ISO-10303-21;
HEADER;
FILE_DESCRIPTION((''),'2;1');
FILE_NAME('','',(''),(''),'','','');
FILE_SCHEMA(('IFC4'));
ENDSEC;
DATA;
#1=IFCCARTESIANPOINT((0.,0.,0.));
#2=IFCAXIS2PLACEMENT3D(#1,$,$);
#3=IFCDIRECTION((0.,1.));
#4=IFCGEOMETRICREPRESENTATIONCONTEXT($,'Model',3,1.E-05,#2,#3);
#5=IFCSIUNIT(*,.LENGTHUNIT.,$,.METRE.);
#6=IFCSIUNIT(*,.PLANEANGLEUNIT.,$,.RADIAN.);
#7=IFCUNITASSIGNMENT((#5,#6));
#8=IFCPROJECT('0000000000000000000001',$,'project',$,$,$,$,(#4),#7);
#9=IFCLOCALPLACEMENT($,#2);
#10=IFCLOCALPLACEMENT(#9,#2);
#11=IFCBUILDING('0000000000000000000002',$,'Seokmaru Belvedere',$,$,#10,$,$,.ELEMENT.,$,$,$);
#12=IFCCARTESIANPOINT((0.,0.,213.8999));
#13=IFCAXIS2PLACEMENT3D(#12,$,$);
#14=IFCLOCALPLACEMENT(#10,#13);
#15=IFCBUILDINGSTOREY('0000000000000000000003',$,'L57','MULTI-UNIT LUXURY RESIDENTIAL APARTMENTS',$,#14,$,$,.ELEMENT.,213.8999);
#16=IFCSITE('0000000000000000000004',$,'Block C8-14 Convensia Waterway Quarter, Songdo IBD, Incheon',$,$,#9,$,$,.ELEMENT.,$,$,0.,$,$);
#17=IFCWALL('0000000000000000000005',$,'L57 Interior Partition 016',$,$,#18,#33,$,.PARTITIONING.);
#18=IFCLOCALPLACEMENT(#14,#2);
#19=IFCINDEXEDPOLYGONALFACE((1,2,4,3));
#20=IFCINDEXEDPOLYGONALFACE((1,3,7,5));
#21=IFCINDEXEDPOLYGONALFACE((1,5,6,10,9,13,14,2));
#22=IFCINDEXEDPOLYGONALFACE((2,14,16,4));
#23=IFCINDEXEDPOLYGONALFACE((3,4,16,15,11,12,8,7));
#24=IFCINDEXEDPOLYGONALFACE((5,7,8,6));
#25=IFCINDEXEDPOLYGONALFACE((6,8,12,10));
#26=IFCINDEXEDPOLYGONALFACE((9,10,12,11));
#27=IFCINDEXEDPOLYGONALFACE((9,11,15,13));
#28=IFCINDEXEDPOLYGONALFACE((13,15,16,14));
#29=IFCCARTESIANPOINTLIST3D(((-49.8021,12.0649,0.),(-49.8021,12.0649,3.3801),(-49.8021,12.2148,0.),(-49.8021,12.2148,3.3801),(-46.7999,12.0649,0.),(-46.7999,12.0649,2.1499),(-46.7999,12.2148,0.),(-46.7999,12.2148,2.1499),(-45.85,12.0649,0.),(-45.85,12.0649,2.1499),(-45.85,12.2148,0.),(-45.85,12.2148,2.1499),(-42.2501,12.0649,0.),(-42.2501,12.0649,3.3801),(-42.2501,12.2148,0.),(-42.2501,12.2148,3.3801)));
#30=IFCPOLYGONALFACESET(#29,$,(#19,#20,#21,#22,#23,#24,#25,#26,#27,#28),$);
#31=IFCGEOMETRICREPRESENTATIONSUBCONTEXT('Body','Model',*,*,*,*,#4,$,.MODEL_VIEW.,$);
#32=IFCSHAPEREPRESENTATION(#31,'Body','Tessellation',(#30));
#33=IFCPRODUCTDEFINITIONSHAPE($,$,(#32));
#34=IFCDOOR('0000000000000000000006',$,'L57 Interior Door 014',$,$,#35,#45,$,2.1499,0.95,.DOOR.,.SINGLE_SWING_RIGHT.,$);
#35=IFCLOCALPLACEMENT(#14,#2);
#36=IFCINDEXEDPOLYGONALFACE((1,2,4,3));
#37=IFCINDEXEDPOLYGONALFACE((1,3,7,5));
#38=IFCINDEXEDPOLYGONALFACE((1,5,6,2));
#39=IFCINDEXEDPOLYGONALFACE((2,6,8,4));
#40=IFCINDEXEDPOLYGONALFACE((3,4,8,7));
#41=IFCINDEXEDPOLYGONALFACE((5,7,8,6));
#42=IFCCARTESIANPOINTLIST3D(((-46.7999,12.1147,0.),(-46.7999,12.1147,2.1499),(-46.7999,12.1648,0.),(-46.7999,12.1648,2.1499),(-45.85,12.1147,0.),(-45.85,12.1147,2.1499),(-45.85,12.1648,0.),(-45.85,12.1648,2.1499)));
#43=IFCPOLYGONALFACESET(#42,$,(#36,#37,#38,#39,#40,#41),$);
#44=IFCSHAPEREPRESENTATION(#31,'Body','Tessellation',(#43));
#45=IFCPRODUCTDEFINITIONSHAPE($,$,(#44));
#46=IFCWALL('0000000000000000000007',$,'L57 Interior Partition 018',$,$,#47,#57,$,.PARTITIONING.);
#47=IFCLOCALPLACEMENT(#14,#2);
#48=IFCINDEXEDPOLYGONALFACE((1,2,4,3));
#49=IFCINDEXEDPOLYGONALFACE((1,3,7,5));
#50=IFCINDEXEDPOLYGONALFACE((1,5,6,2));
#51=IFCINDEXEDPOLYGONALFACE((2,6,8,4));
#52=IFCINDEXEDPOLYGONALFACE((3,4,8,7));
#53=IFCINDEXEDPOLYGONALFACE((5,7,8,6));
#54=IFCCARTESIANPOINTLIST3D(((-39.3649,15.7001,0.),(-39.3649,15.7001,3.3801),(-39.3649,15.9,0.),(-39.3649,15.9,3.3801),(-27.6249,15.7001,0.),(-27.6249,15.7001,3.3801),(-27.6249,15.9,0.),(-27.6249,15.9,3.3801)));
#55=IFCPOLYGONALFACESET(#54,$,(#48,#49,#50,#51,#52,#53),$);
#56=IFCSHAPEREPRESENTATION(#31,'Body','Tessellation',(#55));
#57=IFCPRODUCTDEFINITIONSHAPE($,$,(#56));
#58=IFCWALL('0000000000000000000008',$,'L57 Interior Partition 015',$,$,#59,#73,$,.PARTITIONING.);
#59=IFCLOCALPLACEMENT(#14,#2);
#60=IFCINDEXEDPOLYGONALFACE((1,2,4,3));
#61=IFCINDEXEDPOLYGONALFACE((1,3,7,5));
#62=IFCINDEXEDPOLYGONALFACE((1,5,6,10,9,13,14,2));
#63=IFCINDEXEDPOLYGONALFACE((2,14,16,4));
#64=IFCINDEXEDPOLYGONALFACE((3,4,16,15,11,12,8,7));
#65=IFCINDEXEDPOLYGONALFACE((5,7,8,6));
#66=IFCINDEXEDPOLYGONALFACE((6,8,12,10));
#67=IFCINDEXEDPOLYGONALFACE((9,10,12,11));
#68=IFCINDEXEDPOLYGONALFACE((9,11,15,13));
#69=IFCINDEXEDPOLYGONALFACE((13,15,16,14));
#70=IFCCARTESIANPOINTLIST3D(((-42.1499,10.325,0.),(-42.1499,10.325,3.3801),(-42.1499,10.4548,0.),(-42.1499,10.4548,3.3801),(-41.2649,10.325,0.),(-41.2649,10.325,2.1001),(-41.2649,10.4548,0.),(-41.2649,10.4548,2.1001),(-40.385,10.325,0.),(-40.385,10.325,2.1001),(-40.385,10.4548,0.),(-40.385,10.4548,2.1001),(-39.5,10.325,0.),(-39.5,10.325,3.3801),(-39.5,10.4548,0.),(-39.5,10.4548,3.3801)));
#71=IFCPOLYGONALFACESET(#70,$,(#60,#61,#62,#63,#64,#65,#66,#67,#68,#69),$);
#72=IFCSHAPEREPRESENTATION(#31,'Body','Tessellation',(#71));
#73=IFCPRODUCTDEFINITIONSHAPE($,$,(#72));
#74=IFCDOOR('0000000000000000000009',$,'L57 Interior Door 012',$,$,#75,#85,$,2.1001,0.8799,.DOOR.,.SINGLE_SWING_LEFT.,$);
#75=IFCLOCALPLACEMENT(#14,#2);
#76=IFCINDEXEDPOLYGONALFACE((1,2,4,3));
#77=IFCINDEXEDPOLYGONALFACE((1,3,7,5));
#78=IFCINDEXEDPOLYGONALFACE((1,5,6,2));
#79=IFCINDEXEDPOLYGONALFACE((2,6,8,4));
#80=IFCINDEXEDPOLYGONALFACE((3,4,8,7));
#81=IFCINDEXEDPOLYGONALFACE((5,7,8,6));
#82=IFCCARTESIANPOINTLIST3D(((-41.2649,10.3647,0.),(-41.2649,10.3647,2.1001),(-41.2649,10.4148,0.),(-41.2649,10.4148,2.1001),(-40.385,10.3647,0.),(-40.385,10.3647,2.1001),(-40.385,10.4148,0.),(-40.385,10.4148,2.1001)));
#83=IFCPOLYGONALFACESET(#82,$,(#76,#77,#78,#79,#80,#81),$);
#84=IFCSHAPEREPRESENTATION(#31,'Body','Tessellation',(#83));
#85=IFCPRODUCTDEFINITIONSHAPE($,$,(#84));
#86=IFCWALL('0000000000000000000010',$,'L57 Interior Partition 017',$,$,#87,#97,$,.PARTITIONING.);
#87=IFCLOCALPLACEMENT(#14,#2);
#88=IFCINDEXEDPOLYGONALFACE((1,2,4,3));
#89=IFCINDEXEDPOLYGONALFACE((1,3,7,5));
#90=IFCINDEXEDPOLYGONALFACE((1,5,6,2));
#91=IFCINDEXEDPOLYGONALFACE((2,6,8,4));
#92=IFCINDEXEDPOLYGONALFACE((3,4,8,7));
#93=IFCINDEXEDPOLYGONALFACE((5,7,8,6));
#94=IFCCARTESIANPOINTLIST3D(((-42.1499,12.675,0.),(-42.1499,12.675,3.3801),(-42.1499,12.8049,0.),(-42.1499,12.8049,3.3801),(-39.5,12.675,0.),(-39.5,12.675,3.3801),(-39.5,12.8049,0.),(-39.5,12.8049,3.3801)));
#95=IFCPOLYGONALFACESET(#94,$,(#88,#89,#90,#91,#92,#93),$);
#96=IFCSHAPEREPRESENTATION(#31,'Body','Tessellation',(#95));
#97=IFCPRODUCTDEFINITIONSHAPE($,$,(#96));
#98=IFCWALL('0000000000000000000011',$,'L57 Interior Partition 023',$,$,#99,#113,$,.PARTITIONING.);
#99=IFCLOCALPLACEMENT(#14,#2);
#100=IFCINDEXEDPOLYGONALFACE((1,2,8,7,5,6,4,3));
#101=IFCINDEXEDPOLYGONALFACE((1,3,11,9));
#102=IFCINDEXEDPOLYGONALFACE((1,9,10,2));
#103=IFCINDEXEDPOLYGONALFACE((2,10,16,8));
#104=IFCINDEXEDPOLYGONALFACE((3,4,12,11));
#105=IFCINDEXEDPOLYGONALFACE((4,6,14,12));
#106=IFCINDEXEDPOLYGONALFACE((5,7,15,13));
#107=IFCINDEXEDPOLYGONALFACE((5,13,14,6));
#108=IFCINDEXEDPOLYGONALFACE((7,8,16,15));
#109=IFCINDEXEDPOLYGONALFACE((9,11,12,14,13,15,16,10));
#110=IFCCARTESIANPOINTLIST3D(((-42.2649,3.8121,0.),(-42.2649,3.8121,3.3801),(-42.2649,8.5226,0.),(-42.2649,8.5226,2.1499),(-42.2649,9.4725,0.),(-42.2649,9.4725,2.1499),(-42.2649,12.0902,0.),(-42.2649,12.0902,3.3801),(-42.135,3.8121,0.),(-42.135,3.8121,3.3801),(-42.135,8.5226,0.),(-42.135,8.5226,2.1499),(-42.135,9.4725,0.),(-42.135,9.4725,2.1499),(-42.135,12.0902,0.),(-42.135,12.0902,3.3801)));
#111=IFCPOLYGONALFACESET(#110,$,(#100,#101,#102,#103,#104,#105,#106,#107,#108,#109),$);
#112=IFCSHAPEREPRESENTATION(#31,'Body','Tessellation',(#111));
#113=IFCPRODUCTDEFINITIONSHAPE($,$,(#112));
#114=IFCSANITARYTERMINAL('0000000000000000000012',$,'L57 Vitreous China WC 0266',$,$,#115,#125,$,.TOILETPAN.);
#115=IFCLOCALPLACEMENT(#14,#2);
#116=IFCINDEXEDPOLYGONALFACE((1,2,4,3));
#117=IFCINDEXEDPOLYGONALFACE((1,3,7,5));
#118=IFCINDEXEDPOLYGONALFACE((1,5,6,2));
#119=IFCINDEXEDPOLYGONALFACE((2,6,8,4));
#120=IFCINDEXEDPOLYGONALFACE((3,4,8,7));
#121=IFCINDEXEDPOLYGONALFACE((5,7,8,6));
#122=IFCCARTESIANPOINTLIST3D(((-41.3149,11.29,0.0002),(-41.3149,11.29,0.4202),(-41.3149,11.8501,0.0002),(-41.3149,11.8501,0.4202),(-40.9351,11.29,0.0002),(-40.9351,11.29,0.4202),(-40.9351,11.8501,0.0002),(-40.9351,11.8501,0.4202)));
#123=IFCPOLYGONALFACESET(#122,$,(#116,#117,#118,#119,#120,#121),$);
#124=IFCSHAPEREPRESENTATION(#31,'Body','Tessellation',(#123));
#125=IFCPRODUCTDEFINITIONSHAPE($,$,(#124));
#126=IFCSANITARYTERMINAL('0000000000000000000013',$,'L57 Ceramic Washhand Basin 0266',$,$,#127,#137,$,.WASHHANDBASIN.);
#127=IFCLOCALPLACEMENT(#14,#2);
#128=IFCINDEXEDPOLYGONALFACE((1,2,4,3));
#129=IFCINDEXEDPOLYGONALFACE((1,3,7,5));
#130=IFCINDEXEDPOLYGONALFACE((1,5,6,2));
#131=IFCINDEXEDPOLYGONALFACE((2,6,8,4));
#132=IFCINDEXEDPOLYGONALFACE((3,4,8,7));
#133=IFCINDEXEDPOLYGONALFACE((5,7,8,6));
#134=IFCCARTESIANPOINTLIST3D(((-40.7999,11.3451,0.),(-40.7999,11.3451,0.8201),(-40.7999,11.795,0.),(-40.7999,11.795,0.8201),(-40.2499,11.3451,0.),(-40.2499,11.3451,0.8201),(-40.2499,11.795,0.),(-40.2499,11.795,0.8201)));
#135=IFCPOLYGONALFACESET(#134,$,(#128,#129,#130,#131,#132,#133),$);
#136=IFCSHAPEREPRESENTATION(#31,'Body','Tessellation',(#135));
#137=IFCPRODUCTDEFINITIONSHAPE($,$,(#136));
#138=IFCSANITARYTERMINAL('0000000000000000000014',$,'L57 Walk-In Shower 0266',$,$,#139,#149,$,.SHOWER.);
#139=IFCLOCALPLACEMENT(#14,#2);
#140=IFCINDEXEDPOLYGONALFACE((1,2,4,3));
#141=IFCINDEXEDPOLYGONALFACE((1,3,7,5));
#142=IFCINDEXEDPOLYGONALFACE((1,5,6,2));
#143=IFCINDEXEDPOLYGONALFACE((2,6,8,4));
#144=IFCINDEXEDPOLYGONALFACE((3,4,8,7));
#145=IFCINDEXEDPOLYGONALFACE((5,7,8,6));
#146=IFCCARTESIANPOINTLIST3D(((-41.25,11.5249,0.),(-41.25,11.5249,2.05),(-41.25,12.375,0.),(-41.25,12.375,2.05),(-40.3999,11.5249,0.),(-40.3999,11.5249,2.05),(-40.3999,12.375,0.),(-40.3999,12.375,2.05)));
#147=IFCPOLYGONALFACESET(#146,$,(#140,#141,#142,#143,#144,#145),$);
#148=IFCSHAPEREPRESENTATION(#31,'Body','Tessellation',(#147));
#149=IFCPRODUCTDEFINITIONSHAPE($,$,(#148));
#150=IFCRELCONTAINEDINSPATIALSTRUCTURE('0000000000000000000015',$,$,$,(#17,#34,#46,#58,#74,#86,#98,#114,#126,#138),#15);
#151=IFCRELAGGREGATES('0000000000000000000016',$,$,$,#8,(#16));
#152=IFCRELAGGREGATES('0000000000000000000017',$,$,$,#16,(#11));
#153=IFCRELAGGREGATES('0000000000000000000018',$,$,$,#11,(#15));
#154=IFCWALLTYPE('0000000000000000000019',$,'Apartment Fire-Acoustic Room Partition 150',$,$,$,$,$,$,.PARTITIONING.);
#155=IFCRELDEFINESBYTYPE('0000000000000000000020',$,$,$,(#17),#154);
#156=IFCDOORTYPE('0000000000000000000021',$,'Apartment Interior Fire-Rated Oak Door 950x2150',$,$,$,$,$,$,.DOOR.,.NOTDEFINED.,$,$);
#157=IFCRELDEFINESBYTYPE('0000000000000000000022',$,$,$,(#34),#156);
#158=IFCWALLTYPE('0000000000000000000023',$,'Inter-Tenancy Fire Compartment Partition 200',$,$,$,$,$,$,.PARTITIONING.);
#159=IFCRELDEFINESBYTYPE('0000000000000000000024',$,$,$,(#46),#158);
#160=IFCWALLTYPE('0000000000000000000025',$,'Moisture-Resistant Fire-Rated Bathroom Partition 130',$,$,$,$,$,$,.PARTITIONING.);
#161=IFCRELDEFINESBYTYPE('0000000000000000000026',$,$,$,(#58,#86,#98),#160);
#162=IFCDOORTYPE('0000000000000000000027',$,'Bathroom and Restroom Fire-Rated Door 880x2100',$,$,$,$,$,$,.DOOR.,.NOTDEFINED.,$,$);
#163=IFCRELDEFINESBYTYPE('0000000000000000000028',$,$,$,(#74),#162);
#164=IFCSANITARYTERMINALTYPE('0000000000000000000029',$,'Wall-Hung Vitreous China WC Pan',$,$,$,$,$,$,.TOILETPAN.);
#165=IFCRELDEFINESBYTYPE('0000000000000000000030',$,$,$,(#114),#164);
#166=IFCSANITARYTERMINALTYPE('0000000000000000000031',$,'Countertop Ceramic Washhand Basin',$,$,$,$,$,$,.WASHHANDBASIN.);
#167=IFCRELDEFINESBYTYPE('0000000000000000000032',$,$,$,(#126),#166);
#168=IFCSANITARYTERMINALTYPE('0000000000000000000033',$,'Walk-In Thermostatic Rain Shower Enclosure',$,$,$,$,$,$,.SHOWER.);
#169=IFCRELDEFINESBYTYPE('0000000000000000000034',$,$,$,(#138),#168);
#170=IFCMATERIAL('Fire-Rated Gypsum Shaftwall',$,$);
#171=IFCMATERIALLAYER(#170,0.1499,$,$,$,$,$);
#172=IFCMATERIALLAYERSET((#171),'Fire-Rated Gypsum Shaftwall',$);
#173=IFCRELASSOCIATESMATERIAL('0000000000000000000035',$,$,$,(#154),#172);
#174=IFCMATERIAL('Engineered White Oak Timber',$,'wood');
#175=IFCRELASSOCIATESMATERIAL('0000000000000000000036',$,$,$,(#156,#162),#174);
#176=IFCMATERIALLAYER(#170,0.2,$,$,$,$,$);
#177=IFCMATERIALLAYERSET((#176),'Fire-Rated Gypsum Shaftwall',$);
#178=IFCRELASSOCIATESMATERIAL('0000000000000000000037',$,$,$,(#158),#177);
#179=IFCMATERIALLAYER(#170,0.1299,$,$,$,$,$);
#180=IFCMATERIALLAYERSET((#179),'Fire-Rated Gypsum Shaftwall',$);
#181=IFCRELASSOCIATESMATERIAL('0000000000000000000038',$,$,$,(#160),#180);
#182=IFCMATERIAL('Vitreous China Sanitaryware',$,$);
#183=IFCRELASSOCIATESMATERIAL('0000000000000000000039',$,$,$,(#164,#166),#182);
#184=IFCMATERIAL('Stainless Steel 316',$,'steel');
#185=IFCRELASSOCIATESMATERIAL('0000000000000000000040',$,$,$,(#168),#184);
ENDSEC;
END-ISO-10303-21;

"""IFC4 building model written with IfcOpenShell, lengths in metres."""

from ifc_helpers import new_model, si_unit, direction, frame, frame_2d, origin, origin_2d, place, context, subcontext, project, spatial, rectangle, extrude, source, transform, mapped, material, layer, layer_set, type_object, type_shapes, element, fill, save


model = new_model("IFC4")

# Units and contexts
model_context = context("Model", 3, precision=1e-05, world=origin(), true_north=direction((0.0, 1.0)))
body_context = subcontext(model_context, "Body", "Model", "MODEL_VIEW")
ifc_project = project(units=[si_unit("LENGTHUNIT", "METRE"), si_unit("PLANEANGLEUNIT", "RADIAN")], contexts=[model_context])

# Site, building, storey
site_placement = place(None, origin())
site = spatial("IfcSite", under=ifc_project, at=site_placement, Name="Block C8-14 Convensia Waterway Quarter, Songdo IBD, Incheon", CompositionType="ELEMENT", RefElevation=0.0)
building_placement = place(site_placement, origin())
building = spatial("IfcBuilding", under=site, at=building_placement, Name="Seokmaru Belvedere", CompositionType="ELEMENT")
storey_placement = place(building_placement, frame((0.0, 0.0, 213.8999)))
storey = spatial("IfcBuildingStorey", under=building, at=storey_placement, Name="L57", Description="MULTI-UNIT LUXURY RESIDENTIAL APARTMENTS", CompositionType="ELEMENT", Elevation=213.8999)

# Wall, opening, door
ifc_material_1 = material(Name="Fire-Rated Gypsum Shaftwall")
ifc_layer_1 = layer(ifc_material_1, 0.1499)
ifc_layer_set_1 = layer_set([ifc_layer_1], Name="Fire-Rated Gypsum Shaftwall")
wall_type_1 = type_object("IfcWallType", Name="Apartment Fire-Acoustic Room Partition 150", PredefinedType="PARTITIONING", material=ifc_layer_set_1)
ifc_material_2 = material(Name="Engineered White Oak Timber", Category="wood")
door_type_1 = type_object("IfcDoorType", Name="Apartment Interior Fire-Rated Oak Door 950x2150", OperationType="NOTDEFINED", PredefinedType="DOOR", material=ifc_material_2)
shared_shape_1 = source(origin(), body_context, "Body", "SweptSolid", [
    extrude(rectangle(XDim=0.95, YDim=2.1499, at=frame_2d((0.4751, 1.075))), frame((0.0, 0.0249, 0.0), z_axis=(0.0, -1.0, 0.0), x_axis=(1.0, 0.0, 0.0)), (0.0, 0.0, 1.0), 0.05),
])
type_shapes(door_type_1, [shared_shape_1])
wall_1_placement = place(storey_placement, frame((-49.802, 12.1399, 0.0), z_axis=(0.0, 0.0, 1.0), x_axis=(1.0, 0.0, 0.0)))
wall_1 = element("IfcWall", 1, at=wall_1_placement, inside=storey, type_object=wall_type_1, Name="L57 Interior Partition 016", PredefinedType="PARTITIONING", context=body_context, shape_type="SweptSolid", body=[
    extrude(rectangle(XDim=7.552, YDim=0.1499, at=frame_2d((3.7759, 0.0))), origin(), (0.0, 0.0, 1.0), 3.3801),
])
opening_1_placement = place(wall_1_placement, frame((3.002, 0.0, 0.0)))
opening_1 = element("IfcOpeningElement", 2, at=opening_1_placement, cuts=wall_1, PredefinedType="OPENING", context=body_context, shape_type="SweptSolid", body=[
    extrude(rectangle(XDim=0.95, YDim=2.1499, at=frame_2d((0.4751, 1.075))), frame((0.0, 0.085, 0.0), z_axis=(0.0, -1.0, 0.0), x_axis=(1.0, 0.0, 0.0)), (0.0, 0.0, 1.0), 0.1699),
])
door_1_placement = place(opening_1_placement, origin())
door_1 = element("IfcDoor", 3, at=door_1_placement, inside=storey, type_object=door_type_1, Name="L57 Interior Door 014", OperationType="SINGLE_SWING_RIGHT", OverallHeight=2.1499, OverallWidth=0.95, PredefinedType="DOOR", context=body_context, shape_type="MappedRepresentation", body=[
    mapped(shared_shape_1, transform((0.0, 0.0, 0.0), scale=1.0)),
])
fill(opening_1, door_1)

# Wall
ifc_layer_2 = layer(ifc_material_1, 0.2)
ifc_layer_set_2 = layer_set([ifc_layer_2], Name="Fire-Rated Gypsum Shaftwall")
wall_type_2 = type_object("IfcWallType", Name="Inter-Tenancy Fire Compartment Partition 200", PredefinedType="PARTITIONING", material=ifc_layer_set_2)
wall_2_placement = place(storey_placement, frame((-39.365, 15.8, 0.0), z_axis=(0.0, 0.0, 1.0), x_axis=(1.0, 0.0, 0.0)))
element("IfcWall", 4, at=wall_2_placement, inside=storey, type_object=wall_type_2, Name="L57 Interior Partition 018", PredefinedType="PARTITIONING", context=body_context, shape_type="SweptSolid", body=[
    extrude(rectangle(XDim=11.74, YDim=0.2, at=frame_2d((5.8701, 0.0))), origin(), (0.0, 0.0, 1.0), 3.3801),
])

# Wall, opening, door
ifc_layer_3 = layer(ifc_material_1, 0.1299)
ifc_layer_set_3 = layer_set([ifc_layer_3], Name="Fire-Rated Gypsum Shaftwall")
wall_type_3 = type_object("IfcWallType", Name="Moisture-Resistant Fire-Rated Bathroom Partition 130", PredefinedType="PARTITIONING", material=ifc_layer_set_3)
wall_3_placement = place(storey_placement, frame((-42.1499, 10.3899, 0.0), z_axis=(0.0, 0.0, 1.0), x_axis=(1.0, 0.0, 0.0)))
wall_3 = element("IfcWall", 5, at=wall_3_placement, inside=storey, type_object=wall_type_3, Name="L57 Interior Partition 015", PredefinedType="PARTITIONING", context=body_context, shape_type="SweptSolid", body=[
    extrude(rectangle(XDim=2.6499, YDim=0.1299, at=frame_2d((1.325, 0.0))), origin(), (0.0, 0.0, 1.0), 3.3801),
])
opening_2_placement = place(wall_3_placement, frame((0.885, 0.0, 0.0)))
opening_2 = element("IfcOpeningElement", 6, at=opening_2_placement, cuts=wall_3, PredefinedType="OPENING", context=body_context, shape_type="SweptSolid", body=[
    extrude(rectangle(XDim=0.8799, YDim=2.1001, at=frame_2d((0.4399, 1.05))), frame((0.0, 0.075, 0.0), z_axis=(0.0, -1.0, 0.0), x_axis=(1.0, 0.0, 0.0)), (0.0, 0.0, 1.0), 0.1499),
])
door_type_2 = type_object("IfcDoorType", Name="Bathroom and Restroom Fire-Rated Door 880x2100", OperationType="NOTDEFINED", PredefinedType="DOOR", material=ifc_material_2)
shared_shape_2 = source(origin(), body_context, "Body", "SweptSolid", [
    extrude(rectangle(XDim=0.8799, YDim=2.1001, at=frame_2d((0.4399, 1.05))), frame((0.0, 0.0249, 0.0), z_axis=(0.0, -1.0, 0.0), x_axis=(1.0, 0.0, 0.0)), (0.0, 0.0, 1.0), 0.05),
])
type_shapes(door_type_2, [shared_shape_2])
door_2_placement = place(opening_2_placement, origin())
door_2 = element("IfcDoor", 7, at=door_2_placement, inside=storey, type_object=door_type_2, Name="L57 Interior Door 012", OperationType="SINGLE_SWING_LEFT", OverallHeight=2.1001, OverallWidth=0.8799, PredefinedType="DOOR", context=body_context, shape_type="MappedRepresentation", body=[
    mapped(shared_shape_2, transform((0.0, 0.0, 0.0), scale=1.0)),
])
fill(opening_2, door_2)

# Wall
wall_4_placement = place(storey_placement, frame((-42.1499, 12.74, 0.0), z_axis=(0.0, 0.0, 1.0), x_axis=(1.0, 0.0, 0.0)))
element("IfcWall", 8, at=wall_4_placement, inside=storey, type_object=wall_type_3, Name="L57 Interior Partition 017", PredefinedType="PARTITIONING", context=body_context, shape_type="SweptSolid", body=[
    extrude(rectangle(XDim=2.6499, YDim=0.1299, at=frame_2d((1.325, 0.0))), origin(), (0.0, 0.0, 1.0), 3.3801),
])

# Wall, opening
wall_5_placement = place(storey_placement, frame((-42.2, 3.812, 0.0), z_axis=(0.0, 0.0, 1.0), x_axis=(0.0, 1.0, 0.0)))
wall_5 = element("IfcWall", 9, at=wall_5_placement, inside=storey, type_object=wall_type_3, Name="L57 Interior Partition 023", PredefinedType="PARTITIONING", context=body_context, shape_type="SweptSolid", body=[
    extrude(rectangle(XDim=8.2781, YDim=0.1299, at=frame_2d((4.1392, 0.0))), origin(), (0.0, 0.0, 1.0), 3.3801),
])
opening_3_placement = place(wall_5_placement, frame((4.7104, 0.0, 0.0)))
element("IfcOpeningElement", 10, at=opening_3_placement, cuts=wall_5, PredefinedType="OPENING", context=body_context, shape_type="SweptSolid", body=[
    extrude(rectangle(XDim=0.95, YDim=2.1499, at=frame_2d((0.4751, 1.075))), frame((0.0, 0.075, 0.0), z_axis=(0.0, -1.0, 0.0), x_axis=(1.0, 0.0, 0.0)), (0.0, 0.0, 1.0), 0.1499),
])

# Sanitary terminals
ifc_material_3 = material(Name="Vitreous China Sanitaryware")
sanitary_terminal_type_1 = type_object("IfcSanitaryTerminalType", Name="Wall-Hung Vitreous China WC Pan", PredefinedType="TOILETPAN", material=ifc_material_3)
shared_shape_3 = source(origin(), body_context, "Body", "SweptSolid", [
    extrude(rectangle(XDim=0.3799, YDim=0.5601, at=origin_2d()), origin(), (0.0, 0.0, 1.0), 0.4199),
])
type_shapes(sanitary_terminal_type_1, [shared_shape_3])
sanitary_terminal_1_placement = place(storey_placement, frame((-41.125, 11.5701, 0.0002), z_axis=(0.0, 0.0, 1.0), x_axis=(1.0, 0.0, 0.0)))
element("IfcSanitaryTerminal", 11, at=sanitary_terminal_1_placement, inside=storey, type_object=sanitary_terminal_type_1, Name="L57 Vitreous China WC 0266", PredefinedType="TOILETPAN", context=body_context, shape_type="MappedRepresentation", body=[
    mapped(shared_shape_3, transform((0.0, 0.0, 0.0), scale=1.0)),
])
sanitary_terminal_type_2 = type_object("IfcSanitaryTerminalType", Name="Countertop Ceramic Washhand Basin", PredefinedType="WASHHANDBASIN", material=ifc_material_3)
shared_shape_4 = source(origin(), body_context, "Body", "SweptSolid", [
    extrude(rectangle(XDim=0.55, YDim=0.45, at=origin_2d()), origin(), (0.0, 0.0, 1.0), 0.8201),
])
type_shapes(sanitary_terminal_type_2, [shared_shape_4])
sanitary_terminal_2_placement = place(storey_placement, frame((-40.5249, 11.5701, 0.0), z_axis=(0.0, 0.0, 1.0), x_axis=(1.0, 0.0, 0.0)))
element("IfcSanitaryTerminal", 12, at=sanitary_terminal_2_placement, inside=storey, type_object=sanitary_terminal_type_2, Name="L57 Ceramic Washhand Basin 0266", PredefinedType="WASHHANDBASIN", context=body_context, shape_type="MappedRepresentation", body=[
    mapped(shared_shape_4, transform((0.0, 0.0, 0.0), scale=1.0)),
])
ifc_material_4 = material(Name="Stainless Steel 316", Category="steel")
sanitary_terminal_type_3 = type_object("IfcSanitaryTerminalType", Name="Walk-In Thermostatic Rain Shower Enclosure", PredefinedType="SHOWER", material=ifc_material_4)
shared_shape_5 = source(origin(), body_context, "Body", "SweptSolid", [
    extrude(rectangle(XDim=0.8501, YDim=0.8501, at=origin_2d()), origin(), (0.0, 0.0, 1.0), 2.05),
])
type_shapes(sanitary_terminal_type_3, [shared_shape_5])
sanitary_terminal_3_placement = place(storey_placement, frame((-40.825, 11.95, 0.0), z_axis=(0.0, 0.0, 1.0), x_axis=(1.0, 0.0, 0.0)))
element("IfcSanitaryTerminal", 13, at=sanitary_terminal_3_placement, inside=storey, type_object=sanitary_terminal_type_3, Name="L57 Walk-In Shower 0266", PredefinedType="SHOWER", context=body_context, shape_type="MappedRepresentation", body=[
    mapped(shared_shape_5, transform((0.0, 0.0, 0.0), scale=1.0)),
])

save(model, "model.ifc")
